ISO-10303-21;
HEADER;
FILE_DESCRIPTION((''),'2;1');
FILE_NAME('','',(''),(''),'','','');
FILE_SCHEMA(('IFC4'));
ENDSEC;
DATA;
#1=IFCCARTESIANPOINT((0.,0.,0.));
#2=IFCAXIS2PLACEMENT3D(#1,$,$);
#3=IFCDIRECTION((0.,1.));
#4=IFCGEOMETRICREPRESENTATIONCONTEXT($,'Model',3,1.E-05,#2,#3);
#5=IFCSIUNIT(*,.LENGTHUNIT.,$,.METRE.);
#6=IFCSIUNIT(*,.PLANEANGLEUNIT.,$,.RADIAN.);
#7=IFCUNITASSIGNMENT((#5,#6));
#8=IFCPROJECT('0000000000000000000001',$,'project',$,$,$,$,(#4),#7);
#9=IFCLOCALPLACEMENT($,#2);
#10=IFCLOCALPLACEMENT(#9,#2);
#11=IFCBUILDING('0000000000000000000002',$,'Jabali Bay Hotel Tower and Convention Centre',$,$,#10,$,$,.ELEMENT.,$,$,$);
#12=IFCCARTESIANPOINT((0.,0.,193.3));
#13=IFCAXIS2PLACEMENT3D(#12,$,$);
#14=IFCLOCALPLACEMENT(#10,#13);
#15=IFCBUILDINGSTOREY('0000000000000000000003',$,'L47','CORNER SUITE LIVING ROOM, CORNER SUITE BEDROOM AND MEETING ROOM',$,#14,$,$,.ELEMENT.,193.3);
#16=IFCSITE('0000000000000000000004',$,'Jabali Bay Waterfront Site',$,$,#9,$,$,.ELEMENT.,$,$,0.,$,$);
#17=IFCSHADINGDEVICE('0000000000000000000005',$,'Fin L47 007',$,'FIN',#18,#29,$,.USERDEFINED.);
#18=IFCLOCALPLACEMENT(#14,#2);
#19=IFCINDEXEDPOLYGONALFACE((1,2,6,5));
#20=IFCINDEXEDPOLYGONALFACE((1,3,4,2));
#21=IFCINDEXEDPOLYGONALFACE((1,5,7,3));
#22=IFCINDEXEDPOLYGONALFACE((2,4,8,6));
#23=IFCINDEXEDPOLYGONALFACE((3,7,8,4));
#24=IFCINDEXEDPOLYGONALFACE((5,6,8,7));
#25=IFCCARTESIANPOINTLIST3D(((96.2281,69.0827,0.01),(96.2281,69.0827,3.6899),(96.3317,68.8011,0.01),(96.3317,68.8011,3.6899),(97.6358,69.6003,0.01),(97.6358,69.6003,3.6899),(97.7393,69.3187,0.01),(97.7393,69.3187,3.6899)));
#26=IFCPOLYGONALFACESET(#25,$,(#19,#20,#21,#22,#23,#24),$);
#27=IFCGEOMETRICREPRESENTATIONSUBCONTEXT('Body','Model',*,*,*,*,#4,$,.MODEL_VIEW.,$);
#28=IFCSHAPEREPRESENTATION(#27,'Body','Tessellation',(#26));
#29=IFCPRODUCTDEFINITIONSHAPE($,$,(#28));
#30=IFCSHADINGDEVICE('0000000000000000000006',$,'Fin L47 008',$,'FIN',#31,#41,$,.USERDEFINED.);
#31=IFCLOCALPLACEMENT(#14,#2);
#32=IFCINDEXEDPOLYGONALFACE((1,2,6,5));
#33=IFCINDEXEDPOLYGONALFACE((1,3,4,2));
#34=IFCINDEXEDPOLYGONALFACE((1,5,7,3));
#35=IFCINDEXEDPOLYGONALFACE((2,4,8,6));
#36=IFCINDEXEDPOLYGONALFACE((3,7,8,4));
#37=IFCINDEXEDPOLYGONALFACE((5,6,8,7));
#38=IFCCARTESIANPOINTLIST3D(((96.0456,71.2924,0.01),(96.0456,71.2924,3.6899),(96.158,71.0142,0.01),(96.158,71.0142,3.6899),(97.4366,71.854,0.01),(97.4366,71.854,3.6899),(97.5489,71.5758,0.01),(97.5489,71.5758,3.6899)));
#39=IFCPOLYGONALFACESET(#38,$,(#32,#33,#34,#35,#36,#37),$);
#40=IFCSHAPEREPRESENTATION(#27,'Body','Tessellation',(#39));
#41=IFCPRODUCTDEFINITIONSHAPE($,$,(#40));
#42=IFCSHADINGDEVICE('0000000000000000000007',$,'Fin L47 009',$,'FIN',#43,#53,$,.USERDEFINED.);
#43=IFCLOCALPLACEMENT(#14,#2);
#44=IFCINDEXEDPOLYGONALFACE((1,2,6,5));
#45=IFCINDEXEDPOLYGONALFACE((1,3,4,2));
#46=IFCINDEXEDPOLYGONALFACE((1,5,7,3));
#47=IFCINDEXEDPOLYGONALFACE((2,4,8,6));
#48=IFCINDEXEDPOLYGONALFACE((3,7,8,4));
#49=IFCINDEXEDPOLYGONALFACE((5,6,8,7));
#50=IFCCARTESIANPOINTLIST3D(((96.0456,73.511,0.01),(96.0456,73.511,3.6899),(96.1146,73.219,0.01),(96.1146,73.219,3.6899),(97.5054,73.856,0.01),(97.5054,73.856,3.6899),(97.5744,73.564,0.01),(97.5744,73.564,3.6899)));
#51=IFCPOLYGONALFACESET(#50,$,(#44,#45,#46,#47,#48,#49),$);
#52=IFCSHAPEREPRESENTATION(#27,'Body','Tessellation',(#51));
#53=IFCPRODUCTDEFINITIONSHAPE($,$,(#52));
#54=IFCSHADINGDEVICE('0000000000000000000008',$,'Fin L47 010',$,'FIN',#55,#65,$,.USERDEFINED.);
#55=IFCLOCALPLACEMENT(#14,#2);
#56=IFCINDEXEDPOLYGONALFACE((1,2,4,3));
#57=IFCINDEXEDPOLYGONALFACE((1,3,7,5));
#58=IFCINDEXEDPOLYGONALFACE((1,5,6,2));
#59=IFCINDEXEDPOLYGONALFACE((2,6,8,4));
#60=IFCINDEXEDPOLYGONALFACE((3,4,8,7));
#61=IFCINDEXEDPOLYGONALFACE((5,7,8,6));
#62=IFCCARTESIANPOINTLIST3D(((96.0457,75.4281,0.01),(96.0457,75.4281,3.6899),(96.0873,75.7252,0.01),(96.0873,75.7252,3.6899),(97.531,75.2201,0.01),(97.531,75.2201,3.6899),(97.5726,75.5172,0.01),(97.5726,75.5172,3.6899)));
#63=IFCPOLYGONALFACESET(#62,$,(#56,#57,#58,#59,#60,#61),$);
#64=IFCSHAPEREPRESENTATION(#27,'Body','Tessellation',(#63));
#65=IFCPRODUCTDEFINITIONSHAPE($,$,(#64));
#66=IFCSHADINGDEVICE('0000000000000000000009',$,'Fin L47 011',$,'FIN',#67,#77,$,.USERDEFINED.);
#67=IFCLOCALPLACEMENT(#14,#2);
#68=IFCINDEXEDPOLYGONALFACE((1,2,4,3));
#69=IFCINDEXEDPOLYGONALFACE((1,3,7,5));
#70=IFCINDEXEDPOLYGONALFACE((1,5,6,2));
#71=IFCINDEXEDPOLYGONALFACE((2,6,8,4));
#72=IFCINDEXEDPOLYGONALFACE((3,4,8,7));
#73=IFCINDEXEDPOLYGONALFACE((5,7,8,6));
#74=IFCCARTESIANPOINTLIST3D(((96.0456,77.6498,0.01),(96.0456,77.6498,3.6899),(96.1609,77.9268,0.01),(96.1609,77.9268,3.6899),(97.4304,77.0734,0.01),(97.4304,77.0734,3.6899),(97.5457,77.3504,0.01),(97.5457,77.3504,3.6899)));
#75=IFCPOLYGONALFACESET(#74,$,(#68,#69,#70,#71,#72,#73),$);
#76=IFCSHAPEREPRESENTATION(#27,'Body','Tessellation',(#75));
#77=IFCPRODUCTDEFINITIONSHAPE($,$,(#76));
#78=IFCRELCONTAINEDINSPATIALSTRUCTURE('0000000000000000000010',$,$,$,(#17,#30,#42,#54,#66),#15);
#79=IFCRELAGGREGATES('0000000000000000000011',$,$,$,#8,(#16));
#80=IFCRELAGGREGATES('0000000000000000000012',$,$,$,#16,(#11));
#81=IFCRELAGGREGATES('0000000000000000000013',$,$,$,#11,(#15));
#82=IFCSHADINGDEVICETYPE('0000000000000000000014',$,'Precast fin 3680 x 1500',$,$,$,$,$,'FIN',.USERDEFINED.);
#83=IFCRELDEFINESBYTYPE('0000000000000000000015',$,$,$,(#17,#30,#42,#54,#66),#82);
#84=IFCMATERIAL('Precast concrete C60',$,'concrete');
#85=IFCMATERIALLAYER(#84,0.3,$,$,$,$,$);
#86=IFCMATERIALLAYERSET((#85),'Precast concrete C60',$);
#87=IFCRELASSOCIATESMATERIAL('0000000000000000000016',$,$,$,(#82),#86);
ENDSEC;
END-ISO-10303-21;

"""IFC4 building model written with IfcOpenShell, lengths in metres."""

from ifc_helpers import new_model, si_unit, direction, frame, frame_2d, origin, place, context, subcontext, project, spatial, rectangle, extrude, material, layer, layer_set, type_object, element, save


model = new_model("IFC4")

# Units and contexts
model_context = context("Model", 3, precision=1e-05, world=origin(), true_north=direction((0.0, 1.0)))
body_context = subcontext(model_context, "Body", "Model", "MODEL_VIEW")
ifc_project = project(units=[si_unit("LENGTHUNIT", "METRE"), si_unit("PLANEANGLEUNIT", "RADIAN")], contexts=[model_context])

# Site, building, storey
site_placement = place(None, origin())
site = spatial("IfcSite", under=ifc_project, at=site_placement, Name="Jabali Bay Waterfront Site", CompositionType="ELEMENT", RefElevation=0.0)
building_placement = place(site_placement, origin())
building = spatial("IfcBuilding", under=site, at=building_placement, Name="Jabali Bay Hotel Tower and Convention Centre", CompositionType="ELEMENT")
storey_placement = place(building_placement, frame((0.0, 0.0, 193.3)))
storey = spatial("IfcBuildingStorey", under=building, at=storey_placement, Name="L47", Description="CORNER SUITE LIVING ROOM, CORNER SUITE BEDROOM AND MEETING ROOM", CompositionType="ELEMENT", Elevation=193.3)

# Shading devices
ifc_material_1 = material(Name="Precast concrete C60", Category="concrete")
ifc_layer_1 = layer(ifc_material_1, 0.3)
ifc_layer_set_1 = layer_set([ifc_layer_1], Name="Precast concrete C60")
shading_device_type_1 = type_object("IfcShadingDeviceType", Name="Precast fin 3680 x 1500", ElementType="FIN", PredefinedType="USERDEFINED", material=ifc_layer_set_1)
shading_device_1_placement = place(storey_placement, frame((96.2798, 68.9419, 0.01), z_axis=(0.0, 0.0, 1.0), x_axis=(0.938571, 0.345087, 0.0)))
element("IfcShadingDevice", 1, at=shading_device_1_placement, inside=storey, type_object=shading_device_type_1, Name="Fin L47 007", ObjectType="FIN", PredefinedType="USERDEFINED", context=body_context, shape_type="SweptSolid", body=[
    extrude(rectangle(XDim=1.4998, YDim=0.3, at=frame_2d((0.75, 0.0))), origin(), (0.0, 0.0, 1.0), 3.6799),
])
for number, where, z_axis, x_axis, name in (
    (2, (96.1018, 71.1533, 0.01), (0.0, 0.0, 1.0), (0.927282, 0.374363, 0.0), "Fin L47 008"),
    (3, (96.0801, 73.365, 0.01), (0.0, 0.0, 1.0), (0.973193, 0.229992, 0.0), "Fin L47 009"),
):
    element("IfcShadingDevice", number, at=place(storey_placement, frame(where, z_axis=z_axis, x_axis=x_axis)), inside=storey, type_object=shading_device_type_1, Name=name, ObjectType="FIN", PredefinedType="USERDEFINED", context=body_context, shape_type="SweptSolid", body=[
        extrude(rectangle(XDim=1.5, YDim=0.3, at=frame_2d((0.75, 0.0))), origin(), (0.0, 0.0, 1.0), 3.6799),
    ])
shading_device_2_placement = place(storey_placement, frame((96.0664, 75.5767, 0.01), z_axis=(0.0, 0.0, 1.0), x_axis=(0.990336, -0.138686, 0.0)))
element("IfcShadingDevice", 4, at=shading_device_2_placement, inside=storey, type_object=shading_device_type_1, Name="Fin L47 010", ObjectType="FIN", PredefinedType="USERDEFINED", context=body_context, shape_type="SweptSolid", body=[
    extrude(rectangle(XDim=1.4998, YDim=0.3, at=frame_2d((0.75, 0.0))), origin(), (0.0, 0.0, 1.0), 3.6799),
])
shading_device_3_placement = place(storey_placement, frame((96.1033, 77.7883, 0.01), z_axis=(0.0, 0.0, 1.0), x_axis=(0.923212, -0.384292, 0.0)))
element("IfcShadingDevice", 5, at=shading_device_3_placement, inside=storey, type_object=shading_device_type_1, Name="Fin L47 011", ObjectType="FIN", PredefinedType="USERDEFINED", context=body_context, shape_type="SweptSolid", body=[
    extrude(rectangle(XDim=1.5, YDim=0.3, at=frame_2d((0.75, 0.0))), origin(), (0.0, 0.0, 1.0), 3.6799),
])

save(model, "model.ifc")
